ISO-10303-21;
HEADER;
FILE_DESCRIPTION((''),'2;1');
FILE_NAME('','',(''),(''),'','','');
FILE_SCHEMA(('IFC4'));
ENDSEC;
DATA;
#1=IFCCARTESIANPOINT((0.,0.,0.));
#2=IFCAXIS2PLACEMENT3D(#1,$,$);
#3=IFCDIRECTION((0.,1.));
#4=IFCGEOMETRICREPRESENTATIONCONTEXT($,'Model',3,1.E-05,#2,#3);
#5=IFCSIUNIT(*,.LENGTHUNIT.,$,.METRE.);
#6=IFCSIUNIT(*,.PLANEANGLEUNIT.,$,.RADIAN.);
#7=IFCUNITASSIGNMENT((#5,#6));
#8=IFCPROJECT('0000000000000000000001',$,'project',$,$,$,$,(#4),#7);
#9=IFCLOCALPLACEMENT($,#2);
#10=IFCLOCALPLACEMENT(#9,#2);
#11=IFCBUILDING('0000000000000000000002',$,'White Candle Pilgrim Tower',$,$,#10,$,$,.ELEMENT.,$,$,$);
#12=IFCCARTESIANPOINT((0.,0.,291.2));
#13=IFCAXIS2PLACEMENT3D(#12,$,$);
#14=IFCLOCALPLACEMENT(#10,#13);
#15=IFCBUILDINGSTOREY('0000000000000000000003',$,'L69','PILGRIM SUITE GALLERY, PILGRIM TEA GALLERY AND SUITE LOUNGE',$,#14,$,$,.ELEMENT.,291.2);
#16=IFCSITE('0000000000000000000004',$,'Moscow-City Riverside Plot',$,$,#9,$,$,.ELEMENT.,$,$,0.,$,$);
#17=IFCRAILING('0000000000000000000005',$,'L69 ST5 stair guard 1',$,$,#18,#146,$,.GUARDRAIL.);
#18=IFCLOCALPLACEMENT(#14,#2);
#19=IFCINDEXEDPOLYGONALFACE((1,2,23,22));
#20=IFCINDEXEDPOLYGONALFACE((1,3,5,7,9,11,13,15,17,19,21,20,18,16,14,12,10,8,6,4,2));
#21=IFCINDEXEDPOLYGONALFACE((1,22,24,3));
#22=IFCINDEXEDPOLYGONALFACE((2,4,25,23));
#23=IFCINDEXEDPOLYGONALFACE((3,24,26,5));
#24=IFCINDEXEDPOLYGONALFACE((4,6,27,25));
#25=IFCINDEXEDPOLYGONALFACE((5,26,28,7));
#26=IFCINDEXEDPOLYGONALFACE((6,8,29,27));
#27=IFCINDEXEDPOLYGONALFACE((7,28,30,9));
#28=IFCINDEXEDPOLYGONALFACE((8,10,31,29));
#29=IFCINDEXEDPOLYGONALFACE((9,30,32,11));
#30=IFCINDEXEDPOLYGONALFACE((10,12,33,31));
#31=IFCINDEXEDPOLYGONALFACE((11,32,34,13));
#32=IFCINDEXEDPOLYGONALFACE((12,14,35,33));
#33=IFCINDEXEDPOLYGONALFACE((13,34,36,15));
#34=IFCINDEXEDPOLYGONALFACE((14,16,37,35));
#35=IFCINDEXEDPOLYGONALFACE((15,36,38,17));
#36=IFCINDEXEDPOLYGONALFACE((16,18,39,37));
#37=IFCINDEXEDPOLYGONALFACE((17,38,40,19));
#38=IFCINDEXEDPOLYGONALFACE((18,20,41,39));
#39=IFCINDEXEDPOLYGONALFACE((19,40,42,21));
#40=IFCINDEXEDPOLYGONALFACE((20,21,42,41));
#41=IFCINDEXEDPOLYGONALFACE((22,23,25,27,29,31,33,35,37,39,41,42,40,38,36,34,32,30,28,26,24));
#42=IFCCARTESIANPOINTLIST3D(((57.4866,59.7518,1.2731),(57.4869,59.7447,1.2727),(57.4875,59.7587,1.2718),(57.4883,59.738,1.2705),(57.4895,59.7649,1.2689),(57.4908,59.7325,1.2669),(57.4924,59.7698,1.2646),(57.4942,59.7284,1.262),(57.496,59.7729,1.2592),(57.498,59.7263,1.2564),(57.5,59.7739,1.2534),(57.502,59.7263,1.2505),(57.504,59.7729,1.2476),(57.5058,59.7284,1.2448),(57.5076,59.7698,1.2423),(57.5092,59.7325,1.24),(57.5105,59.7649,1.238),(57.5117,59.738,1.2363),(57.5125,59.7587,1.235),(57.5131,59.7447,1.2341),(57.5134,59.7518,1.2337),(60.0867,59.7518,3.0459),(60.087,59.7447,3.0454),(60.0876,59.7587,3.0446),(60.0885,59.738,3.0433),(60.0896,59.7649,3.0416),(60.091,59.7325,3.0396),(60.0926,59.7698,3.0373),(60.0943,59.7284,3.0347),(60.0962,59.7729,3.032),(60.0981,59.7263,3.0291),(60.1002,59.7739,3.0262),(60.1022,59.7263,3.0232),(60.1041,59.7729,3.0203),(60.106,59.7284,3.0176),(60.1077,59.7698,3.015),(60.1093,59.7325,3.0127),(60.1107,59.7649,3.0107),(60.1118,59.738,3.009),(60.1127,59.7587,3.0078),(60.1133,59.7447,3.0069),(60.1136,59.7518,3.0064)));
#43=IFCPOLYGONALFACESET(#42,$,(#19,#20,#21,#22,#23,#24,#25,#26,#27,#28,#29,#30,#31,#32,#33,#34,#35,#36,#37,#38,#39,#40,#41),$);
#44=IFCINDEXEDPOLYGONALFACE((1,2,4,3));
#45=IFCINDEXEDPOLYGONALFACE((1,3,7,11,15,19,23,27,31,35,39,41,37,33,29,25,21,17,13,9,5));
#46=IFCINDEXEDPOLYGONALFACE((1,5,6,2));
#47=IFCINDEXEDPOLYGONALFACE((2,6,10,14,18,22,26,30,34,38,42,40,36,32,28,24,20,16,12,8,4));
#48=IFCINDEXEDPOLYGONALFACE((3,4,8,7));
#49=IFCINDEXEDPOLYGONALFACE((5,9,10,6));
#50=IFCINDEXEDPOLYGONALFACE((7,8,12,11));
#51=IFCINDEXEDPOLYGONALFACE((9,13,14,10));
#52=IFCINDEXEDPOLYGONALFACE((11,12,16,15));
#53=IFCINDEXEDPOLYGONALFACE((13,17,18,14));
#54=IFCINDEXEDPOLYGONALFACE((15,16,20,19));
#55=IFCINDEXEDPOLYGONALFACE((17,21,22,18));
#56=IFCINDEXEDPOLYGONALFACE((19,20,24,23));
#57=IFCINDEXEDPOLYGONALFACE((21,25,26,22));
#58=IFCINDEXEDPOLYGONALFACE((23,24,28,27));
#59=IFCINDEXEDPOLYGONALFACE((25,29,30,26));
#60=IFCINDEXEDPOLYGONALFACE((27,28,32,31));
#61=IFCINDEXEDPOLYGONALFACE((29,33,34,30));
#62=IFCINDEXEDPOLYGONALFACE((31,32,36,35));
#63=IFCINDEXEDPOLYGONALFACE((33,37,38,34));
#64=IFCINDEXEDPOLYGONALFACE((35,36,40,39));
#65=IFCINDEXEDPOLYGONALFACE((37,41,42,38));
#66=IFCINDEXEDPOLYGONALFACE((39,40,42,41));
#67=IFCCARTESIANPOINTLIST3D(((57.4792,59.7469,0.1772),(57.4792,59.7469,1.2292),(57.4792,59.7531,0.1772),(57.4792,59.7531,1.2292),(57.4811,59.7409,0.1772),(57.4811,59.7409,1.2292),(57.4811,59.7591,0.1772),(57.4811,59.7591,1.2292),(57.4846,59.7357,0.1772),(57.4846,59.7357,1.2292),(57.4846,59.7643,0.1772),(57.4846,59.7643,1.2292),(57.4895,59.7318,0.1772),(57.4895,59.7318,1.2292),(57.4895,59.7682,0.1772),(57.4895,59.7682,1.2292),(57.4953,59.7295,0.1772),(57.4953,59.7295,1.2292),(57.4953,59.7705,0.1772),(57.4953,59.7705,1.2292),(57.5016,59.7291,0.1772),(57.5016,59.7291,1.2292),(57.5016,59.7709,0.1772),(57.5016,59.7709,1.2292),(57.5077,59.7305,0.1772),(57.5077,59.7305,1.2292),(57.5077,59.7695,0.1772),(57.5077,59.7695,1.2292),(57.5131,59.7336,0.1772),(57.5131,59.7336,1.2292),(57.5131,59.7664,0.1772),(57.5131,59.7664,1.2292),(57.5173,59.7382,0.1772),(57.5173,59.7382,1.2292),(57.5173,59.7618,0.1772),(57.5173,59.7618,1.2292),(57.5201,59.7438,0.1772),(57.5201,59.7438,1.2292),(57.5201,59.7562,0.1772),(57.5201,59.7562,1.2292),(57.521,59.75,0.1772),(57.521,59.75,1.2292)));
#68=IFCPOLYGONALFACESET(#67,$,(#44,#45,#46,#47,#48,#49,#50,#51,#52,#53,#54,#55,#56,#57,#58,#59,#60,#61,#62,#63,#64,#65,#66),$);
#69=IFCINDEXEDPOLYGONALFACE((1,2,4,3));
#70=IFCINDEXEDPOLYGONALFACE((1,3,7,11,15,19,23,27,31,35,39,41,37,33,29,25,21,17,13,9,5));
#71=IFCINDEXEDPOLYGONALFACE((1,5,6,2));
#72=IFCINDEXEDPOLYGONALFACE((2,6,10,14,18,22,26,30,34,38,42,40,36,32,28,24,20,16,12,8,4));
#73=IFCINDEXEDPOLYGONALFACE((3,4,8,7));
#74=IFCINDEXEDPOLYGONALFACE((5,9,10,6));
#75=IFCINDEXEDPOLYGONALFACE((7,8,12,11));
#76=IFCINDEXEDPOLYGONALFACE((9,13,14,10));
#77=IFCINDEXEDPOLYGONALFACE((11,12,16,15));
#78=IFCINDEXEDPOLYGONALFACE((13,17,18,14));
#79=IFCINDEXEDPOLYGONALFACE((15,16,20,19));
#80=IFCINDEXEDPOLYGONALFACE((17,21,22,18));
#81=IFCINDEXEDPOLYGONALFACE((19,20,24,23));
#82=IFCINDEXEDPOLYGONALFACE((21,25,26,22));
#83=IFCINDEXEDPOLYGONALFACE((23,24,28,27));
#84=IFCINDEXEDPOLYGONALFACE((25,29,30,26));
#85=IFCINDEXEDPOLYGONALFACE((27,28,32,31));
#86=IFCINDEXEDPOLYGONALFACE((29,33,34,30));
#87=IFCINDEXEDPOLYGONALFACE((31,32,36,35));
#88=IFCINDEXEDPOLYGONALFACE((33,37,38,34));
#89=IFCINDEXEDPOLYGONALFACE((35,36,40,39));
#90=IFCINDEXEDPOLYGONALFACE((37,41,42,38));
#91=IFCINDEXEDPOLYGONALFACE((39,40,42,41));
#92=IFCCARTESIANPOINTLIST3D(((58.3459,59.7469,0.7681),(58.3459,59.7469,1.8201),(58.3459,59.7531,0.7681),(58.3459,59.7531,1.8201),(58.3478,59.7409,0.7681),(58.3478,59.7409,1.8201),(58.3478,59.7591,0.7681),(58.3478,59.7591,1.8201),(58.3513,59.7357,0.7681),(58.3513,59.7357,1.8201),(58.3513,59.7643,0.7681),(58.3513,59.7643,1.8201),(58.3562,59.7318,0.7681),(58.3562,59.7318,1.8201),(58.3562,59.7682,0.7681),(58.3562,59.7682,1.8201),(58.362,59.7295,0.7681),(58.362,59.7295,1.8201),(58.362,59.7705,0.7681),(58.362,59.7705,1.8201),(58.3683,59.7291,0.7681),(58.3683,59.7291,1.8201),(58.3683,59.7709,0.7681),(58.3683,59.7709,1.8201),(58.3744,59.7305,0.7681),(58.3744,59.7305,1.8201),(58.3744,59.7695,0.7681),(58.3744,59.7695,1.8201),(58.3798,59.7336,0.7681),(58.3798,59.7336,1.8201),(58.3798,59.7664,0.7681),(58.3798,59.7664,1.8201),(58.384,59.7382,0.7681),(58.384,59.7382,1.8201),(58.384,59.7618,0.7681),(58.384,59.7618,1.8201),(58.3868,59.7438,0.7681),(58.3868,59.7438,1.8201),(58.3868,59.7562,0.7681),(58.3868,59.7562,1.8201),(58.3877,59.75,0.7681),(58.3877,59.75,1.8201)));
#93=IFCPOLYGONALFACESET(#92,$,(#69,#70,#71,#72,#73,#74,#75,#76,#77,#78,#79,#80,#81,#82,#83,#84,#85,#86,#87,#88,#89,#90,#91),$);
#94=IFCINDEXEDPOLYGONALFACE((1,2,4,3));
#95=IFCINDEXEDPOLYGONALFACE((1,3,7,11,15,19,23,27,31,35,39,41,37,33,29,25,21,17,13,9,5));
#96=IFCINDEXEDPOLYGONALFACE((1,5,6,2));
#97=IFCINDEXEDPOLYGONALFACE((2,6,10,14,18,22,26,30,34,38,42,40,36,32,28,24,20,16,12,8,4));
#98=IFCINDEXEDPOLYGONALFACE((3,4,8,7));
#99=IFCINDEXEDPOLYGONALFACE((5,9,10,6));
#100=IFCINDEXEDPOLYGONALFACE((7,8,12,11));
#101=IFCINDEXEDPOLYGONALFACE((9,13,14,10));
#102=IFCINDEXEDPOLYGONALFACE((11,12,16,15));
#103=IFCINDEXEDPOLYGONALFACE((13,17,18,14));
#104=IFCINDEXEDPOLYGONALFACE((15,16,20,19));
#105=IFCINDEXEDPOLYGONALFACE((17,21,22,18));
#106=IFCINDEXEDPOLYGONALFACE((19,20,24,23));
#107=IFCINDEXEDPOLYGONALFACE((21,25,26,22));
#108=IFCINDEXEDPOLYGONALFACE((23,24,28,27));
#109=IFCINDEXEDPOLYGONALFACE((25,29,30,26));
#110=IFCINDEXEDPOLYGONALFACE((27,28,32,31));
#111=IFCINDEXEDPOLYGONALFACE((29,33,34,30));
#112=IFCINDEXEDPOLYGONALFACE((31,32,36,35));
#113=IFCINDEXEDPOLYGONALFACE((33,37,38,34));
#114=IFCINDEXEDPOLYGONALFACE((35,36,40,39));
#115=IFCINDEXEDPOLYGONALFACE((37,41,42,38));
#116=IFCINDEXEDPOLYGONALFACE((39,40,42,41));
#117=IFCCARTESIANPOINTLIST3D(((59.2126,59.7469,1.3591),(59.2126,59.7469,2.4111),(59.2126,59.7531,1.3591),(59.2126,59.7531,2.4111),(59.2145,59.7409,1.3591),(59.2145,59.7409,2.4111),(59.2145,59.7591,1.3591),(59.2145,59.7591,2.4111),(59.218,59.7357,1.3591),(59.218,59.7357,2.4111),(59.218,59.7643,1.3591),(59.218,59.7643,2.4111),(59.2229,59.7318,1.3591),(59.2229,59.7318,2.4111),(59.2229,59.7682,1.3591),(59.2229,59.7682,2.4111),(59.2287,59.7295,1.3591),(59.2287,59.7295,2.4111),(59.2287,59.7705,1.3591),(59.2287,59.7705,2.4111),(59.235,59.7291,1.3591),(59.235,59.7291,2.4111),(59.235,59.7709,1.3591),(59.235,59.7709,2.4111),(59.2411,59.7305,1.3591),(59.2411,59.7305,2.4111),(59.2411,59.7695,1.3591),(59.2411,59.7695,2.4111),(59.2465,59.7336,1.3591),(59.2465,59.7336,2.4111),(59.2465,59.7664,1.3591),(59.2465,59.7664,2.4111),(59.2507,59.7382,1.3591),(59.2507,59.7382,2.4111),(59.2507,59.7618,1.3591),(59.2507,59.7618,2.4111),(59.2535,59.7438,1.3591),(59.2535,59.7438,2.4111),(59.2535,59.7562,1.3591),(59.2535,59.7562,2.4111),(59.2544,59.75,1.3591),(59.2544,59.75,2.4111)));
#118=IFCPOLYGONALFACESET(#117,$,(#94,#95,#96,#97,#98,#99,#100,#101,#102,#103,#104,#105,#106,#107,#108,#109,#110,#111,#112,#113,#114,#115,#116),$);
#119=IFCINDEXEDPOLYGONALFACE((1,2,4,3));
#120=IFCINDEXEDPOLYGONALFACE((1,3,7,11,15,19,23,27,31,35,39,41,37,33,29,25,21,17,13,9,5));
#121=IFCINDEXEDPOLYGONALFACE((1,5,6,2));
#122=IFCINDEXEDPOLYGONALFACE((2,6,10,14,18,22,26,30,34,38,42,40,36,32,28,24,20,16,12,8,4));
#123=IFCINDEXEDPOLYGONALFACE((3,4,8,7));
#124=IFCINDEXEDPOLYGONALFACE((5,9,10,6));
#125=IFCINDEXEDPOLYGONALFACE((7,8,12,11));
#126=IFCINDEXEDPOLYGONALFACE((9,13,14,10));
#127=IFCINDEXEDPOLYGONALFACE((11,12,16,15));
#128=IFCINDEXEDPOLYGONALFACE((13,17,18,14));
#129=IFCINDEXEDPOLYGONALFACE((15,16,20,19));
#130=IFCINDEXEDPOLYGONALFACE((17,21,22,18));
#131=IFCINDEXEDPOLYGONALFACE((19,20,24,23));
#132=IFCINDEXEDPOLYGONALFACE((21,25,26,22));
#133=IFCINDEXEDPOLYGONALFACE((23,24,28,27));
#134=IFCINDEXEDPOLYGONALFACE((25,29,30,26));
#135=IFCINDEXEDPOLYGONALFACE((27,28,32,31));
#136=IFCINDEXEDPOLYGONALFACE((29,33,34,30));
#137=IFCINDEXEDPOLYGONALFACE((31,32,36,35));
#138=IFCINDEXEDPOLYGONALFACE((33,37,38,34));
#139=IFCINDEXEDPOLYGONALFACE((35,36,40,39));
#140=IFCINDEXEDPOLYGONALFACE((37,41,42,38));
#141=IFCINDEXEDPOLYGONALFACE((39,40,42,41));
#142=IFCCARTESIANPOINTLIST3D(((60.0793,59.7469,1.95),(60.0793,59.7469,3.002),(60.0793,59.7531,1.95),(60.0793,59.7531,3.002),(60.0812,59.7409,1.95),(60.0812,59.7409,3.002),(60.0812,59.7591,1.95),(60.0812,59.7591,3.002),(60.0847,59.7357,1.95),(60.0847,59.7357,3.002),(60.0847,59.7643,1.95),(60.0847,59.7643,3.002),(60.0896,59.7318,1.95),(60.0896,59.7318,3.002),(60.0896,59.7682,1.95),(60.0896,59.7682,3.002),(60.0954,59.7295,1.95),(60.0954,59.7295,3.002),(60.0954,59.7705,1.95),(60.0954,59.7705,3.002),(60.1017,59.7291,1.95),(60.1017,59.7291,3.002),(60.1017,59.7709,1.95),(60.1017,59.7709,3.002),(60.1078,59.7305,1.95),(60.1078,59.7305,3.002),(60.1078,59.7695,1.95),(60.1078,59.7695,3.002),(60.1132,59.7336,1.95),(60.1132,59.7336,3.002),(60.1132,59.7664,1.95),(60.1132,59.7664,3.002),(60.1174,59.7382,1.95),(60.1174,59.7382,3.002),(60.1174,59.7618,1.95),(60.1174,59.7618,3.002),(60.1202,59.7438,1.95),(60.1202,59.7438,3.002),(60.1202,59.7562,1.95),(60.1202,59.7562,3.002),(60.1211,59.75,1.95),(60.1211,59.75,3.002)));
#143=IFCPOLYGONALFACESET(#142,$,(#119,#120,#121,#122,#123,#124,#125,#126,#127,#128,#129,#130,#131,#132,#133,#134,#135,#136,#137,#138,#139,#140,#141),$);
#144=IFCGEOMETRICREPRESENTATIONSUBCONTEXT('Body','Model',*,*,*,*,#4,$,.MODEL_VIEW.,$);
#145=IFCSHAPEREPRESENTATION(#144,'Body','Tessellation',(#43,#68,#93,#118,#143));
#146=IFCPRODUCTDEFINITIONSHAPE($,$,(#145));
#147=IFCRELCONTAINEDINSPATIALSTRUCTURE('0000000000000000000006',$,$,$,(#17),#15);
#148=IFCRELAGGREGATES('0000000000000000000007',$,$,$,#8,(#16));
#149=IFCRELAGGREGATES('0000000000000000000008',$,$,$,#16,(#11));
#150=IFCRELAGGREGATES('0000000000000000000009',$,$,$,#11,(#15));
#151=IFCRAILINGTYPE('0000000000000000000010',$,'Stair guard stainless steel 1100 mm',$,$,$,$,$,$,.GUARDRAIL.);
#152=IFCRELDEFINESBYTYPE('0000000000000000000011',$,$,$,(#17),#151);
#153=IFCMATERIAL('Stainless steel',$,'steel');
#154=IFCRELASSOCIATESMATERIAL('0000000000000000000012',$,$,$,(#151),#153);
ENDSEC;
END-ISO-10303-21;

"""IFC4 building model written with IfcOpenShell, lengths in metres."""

from ifc_helpers import new_model, si_unit, direction, frame, origin, origin_2d, place, context, subcontext, project, spatial, circle, extrude, material, type_object, element, save


model = new_model("IFC4")

# Units and contexts
model_context = context("Model", 3, precision=1e-05, world=origin(), true_north=direction((0.0, 1.0)))
body_context = subcontext(model_context, "Body", "Model", "MODEL_VIEW")
ifc_project = project(units=[si_unit("LENGTHUNIT", "METRE"), si_unit("PLANEANGLEUNIT", "RADIAN")], contexts=[model_context])

# Site, building, storey
site_placement = place(None, origin())
site = spatial("IfcSite", under=ifc_project, at=site_placement, Name="Moscow-City Riverside Plot", CompositionType="ELEMENT", RefElevation=0.0)
building_placement = place(site_placement, origin())
building = spatial("IfcBuilding", under=site, at=building_placement, Name="White Candle Pilgrim Tower", CompositionType="ELEMENT")
storey_placement = place(building_placement, frame((0.0, 0.0, 291.2)))
storey = spatial("IfcBuildingStorey", under=building, at=storey_placement, Name="L69", Description="PILGRIM SUITE GALLERY, PILGRIM TEA GALLERY AND SUITE LOUNGE", CompositionType="ELEMENT", Elevation=291.2)

# Railing
ifc_material_1 = material(Name="Stainless steel", Category="steel")
railing_type_1 = type_object("IfcRailingType", Name="Stair guard stainless steel 1100 mm", PredefinedType="GUARDRAIL", material=ifc_material_1)
railing_1_placement = place(storey_placement, frame((57.5, 59.75, 0.1772)))
element("IfcRailing", 1, at=railing_1_placement, inside=storey, type_object=railing_type_1, Name="L69 ST5 stair guard 1", PredefinedType="GUARDRAIL", context=body_context, shape_type="SweptSolid", body=[
    extrude(circle(Radius=0.0239, at=origin_2d()), frame((0.0, 0.0, 1.0762), z_axis=(0.82624, 0.0, 0.563318), x_axis=(0.0, 1.0, 0.0)), (0.0, 0.0, 1.0), 3.147),
    extrude(circle(Radius=0.021, at=origin_2d()), origin(), (0.0, 0.0, 1.0), 1.052),
    extrude(circle(Radius=0.021, at=origin_2d()), frame((0.8667, 0.0, 0.5908)), (0.0, 0.0, 1.0), 1.052),
    extrude(circle(Radius=0.021, at=origin_2d()), frame((1.7334, 0.0, 1.1819)), (0.0, 0.0, 1.0), 1.052),
    extrude(circle(Radius=0.021, at=origin_2d()), frame((2.6001, 0.0, 1.7727)), (0.0, 0.0, 1.0), 1.052),
])

save(model, "model.ifc")
